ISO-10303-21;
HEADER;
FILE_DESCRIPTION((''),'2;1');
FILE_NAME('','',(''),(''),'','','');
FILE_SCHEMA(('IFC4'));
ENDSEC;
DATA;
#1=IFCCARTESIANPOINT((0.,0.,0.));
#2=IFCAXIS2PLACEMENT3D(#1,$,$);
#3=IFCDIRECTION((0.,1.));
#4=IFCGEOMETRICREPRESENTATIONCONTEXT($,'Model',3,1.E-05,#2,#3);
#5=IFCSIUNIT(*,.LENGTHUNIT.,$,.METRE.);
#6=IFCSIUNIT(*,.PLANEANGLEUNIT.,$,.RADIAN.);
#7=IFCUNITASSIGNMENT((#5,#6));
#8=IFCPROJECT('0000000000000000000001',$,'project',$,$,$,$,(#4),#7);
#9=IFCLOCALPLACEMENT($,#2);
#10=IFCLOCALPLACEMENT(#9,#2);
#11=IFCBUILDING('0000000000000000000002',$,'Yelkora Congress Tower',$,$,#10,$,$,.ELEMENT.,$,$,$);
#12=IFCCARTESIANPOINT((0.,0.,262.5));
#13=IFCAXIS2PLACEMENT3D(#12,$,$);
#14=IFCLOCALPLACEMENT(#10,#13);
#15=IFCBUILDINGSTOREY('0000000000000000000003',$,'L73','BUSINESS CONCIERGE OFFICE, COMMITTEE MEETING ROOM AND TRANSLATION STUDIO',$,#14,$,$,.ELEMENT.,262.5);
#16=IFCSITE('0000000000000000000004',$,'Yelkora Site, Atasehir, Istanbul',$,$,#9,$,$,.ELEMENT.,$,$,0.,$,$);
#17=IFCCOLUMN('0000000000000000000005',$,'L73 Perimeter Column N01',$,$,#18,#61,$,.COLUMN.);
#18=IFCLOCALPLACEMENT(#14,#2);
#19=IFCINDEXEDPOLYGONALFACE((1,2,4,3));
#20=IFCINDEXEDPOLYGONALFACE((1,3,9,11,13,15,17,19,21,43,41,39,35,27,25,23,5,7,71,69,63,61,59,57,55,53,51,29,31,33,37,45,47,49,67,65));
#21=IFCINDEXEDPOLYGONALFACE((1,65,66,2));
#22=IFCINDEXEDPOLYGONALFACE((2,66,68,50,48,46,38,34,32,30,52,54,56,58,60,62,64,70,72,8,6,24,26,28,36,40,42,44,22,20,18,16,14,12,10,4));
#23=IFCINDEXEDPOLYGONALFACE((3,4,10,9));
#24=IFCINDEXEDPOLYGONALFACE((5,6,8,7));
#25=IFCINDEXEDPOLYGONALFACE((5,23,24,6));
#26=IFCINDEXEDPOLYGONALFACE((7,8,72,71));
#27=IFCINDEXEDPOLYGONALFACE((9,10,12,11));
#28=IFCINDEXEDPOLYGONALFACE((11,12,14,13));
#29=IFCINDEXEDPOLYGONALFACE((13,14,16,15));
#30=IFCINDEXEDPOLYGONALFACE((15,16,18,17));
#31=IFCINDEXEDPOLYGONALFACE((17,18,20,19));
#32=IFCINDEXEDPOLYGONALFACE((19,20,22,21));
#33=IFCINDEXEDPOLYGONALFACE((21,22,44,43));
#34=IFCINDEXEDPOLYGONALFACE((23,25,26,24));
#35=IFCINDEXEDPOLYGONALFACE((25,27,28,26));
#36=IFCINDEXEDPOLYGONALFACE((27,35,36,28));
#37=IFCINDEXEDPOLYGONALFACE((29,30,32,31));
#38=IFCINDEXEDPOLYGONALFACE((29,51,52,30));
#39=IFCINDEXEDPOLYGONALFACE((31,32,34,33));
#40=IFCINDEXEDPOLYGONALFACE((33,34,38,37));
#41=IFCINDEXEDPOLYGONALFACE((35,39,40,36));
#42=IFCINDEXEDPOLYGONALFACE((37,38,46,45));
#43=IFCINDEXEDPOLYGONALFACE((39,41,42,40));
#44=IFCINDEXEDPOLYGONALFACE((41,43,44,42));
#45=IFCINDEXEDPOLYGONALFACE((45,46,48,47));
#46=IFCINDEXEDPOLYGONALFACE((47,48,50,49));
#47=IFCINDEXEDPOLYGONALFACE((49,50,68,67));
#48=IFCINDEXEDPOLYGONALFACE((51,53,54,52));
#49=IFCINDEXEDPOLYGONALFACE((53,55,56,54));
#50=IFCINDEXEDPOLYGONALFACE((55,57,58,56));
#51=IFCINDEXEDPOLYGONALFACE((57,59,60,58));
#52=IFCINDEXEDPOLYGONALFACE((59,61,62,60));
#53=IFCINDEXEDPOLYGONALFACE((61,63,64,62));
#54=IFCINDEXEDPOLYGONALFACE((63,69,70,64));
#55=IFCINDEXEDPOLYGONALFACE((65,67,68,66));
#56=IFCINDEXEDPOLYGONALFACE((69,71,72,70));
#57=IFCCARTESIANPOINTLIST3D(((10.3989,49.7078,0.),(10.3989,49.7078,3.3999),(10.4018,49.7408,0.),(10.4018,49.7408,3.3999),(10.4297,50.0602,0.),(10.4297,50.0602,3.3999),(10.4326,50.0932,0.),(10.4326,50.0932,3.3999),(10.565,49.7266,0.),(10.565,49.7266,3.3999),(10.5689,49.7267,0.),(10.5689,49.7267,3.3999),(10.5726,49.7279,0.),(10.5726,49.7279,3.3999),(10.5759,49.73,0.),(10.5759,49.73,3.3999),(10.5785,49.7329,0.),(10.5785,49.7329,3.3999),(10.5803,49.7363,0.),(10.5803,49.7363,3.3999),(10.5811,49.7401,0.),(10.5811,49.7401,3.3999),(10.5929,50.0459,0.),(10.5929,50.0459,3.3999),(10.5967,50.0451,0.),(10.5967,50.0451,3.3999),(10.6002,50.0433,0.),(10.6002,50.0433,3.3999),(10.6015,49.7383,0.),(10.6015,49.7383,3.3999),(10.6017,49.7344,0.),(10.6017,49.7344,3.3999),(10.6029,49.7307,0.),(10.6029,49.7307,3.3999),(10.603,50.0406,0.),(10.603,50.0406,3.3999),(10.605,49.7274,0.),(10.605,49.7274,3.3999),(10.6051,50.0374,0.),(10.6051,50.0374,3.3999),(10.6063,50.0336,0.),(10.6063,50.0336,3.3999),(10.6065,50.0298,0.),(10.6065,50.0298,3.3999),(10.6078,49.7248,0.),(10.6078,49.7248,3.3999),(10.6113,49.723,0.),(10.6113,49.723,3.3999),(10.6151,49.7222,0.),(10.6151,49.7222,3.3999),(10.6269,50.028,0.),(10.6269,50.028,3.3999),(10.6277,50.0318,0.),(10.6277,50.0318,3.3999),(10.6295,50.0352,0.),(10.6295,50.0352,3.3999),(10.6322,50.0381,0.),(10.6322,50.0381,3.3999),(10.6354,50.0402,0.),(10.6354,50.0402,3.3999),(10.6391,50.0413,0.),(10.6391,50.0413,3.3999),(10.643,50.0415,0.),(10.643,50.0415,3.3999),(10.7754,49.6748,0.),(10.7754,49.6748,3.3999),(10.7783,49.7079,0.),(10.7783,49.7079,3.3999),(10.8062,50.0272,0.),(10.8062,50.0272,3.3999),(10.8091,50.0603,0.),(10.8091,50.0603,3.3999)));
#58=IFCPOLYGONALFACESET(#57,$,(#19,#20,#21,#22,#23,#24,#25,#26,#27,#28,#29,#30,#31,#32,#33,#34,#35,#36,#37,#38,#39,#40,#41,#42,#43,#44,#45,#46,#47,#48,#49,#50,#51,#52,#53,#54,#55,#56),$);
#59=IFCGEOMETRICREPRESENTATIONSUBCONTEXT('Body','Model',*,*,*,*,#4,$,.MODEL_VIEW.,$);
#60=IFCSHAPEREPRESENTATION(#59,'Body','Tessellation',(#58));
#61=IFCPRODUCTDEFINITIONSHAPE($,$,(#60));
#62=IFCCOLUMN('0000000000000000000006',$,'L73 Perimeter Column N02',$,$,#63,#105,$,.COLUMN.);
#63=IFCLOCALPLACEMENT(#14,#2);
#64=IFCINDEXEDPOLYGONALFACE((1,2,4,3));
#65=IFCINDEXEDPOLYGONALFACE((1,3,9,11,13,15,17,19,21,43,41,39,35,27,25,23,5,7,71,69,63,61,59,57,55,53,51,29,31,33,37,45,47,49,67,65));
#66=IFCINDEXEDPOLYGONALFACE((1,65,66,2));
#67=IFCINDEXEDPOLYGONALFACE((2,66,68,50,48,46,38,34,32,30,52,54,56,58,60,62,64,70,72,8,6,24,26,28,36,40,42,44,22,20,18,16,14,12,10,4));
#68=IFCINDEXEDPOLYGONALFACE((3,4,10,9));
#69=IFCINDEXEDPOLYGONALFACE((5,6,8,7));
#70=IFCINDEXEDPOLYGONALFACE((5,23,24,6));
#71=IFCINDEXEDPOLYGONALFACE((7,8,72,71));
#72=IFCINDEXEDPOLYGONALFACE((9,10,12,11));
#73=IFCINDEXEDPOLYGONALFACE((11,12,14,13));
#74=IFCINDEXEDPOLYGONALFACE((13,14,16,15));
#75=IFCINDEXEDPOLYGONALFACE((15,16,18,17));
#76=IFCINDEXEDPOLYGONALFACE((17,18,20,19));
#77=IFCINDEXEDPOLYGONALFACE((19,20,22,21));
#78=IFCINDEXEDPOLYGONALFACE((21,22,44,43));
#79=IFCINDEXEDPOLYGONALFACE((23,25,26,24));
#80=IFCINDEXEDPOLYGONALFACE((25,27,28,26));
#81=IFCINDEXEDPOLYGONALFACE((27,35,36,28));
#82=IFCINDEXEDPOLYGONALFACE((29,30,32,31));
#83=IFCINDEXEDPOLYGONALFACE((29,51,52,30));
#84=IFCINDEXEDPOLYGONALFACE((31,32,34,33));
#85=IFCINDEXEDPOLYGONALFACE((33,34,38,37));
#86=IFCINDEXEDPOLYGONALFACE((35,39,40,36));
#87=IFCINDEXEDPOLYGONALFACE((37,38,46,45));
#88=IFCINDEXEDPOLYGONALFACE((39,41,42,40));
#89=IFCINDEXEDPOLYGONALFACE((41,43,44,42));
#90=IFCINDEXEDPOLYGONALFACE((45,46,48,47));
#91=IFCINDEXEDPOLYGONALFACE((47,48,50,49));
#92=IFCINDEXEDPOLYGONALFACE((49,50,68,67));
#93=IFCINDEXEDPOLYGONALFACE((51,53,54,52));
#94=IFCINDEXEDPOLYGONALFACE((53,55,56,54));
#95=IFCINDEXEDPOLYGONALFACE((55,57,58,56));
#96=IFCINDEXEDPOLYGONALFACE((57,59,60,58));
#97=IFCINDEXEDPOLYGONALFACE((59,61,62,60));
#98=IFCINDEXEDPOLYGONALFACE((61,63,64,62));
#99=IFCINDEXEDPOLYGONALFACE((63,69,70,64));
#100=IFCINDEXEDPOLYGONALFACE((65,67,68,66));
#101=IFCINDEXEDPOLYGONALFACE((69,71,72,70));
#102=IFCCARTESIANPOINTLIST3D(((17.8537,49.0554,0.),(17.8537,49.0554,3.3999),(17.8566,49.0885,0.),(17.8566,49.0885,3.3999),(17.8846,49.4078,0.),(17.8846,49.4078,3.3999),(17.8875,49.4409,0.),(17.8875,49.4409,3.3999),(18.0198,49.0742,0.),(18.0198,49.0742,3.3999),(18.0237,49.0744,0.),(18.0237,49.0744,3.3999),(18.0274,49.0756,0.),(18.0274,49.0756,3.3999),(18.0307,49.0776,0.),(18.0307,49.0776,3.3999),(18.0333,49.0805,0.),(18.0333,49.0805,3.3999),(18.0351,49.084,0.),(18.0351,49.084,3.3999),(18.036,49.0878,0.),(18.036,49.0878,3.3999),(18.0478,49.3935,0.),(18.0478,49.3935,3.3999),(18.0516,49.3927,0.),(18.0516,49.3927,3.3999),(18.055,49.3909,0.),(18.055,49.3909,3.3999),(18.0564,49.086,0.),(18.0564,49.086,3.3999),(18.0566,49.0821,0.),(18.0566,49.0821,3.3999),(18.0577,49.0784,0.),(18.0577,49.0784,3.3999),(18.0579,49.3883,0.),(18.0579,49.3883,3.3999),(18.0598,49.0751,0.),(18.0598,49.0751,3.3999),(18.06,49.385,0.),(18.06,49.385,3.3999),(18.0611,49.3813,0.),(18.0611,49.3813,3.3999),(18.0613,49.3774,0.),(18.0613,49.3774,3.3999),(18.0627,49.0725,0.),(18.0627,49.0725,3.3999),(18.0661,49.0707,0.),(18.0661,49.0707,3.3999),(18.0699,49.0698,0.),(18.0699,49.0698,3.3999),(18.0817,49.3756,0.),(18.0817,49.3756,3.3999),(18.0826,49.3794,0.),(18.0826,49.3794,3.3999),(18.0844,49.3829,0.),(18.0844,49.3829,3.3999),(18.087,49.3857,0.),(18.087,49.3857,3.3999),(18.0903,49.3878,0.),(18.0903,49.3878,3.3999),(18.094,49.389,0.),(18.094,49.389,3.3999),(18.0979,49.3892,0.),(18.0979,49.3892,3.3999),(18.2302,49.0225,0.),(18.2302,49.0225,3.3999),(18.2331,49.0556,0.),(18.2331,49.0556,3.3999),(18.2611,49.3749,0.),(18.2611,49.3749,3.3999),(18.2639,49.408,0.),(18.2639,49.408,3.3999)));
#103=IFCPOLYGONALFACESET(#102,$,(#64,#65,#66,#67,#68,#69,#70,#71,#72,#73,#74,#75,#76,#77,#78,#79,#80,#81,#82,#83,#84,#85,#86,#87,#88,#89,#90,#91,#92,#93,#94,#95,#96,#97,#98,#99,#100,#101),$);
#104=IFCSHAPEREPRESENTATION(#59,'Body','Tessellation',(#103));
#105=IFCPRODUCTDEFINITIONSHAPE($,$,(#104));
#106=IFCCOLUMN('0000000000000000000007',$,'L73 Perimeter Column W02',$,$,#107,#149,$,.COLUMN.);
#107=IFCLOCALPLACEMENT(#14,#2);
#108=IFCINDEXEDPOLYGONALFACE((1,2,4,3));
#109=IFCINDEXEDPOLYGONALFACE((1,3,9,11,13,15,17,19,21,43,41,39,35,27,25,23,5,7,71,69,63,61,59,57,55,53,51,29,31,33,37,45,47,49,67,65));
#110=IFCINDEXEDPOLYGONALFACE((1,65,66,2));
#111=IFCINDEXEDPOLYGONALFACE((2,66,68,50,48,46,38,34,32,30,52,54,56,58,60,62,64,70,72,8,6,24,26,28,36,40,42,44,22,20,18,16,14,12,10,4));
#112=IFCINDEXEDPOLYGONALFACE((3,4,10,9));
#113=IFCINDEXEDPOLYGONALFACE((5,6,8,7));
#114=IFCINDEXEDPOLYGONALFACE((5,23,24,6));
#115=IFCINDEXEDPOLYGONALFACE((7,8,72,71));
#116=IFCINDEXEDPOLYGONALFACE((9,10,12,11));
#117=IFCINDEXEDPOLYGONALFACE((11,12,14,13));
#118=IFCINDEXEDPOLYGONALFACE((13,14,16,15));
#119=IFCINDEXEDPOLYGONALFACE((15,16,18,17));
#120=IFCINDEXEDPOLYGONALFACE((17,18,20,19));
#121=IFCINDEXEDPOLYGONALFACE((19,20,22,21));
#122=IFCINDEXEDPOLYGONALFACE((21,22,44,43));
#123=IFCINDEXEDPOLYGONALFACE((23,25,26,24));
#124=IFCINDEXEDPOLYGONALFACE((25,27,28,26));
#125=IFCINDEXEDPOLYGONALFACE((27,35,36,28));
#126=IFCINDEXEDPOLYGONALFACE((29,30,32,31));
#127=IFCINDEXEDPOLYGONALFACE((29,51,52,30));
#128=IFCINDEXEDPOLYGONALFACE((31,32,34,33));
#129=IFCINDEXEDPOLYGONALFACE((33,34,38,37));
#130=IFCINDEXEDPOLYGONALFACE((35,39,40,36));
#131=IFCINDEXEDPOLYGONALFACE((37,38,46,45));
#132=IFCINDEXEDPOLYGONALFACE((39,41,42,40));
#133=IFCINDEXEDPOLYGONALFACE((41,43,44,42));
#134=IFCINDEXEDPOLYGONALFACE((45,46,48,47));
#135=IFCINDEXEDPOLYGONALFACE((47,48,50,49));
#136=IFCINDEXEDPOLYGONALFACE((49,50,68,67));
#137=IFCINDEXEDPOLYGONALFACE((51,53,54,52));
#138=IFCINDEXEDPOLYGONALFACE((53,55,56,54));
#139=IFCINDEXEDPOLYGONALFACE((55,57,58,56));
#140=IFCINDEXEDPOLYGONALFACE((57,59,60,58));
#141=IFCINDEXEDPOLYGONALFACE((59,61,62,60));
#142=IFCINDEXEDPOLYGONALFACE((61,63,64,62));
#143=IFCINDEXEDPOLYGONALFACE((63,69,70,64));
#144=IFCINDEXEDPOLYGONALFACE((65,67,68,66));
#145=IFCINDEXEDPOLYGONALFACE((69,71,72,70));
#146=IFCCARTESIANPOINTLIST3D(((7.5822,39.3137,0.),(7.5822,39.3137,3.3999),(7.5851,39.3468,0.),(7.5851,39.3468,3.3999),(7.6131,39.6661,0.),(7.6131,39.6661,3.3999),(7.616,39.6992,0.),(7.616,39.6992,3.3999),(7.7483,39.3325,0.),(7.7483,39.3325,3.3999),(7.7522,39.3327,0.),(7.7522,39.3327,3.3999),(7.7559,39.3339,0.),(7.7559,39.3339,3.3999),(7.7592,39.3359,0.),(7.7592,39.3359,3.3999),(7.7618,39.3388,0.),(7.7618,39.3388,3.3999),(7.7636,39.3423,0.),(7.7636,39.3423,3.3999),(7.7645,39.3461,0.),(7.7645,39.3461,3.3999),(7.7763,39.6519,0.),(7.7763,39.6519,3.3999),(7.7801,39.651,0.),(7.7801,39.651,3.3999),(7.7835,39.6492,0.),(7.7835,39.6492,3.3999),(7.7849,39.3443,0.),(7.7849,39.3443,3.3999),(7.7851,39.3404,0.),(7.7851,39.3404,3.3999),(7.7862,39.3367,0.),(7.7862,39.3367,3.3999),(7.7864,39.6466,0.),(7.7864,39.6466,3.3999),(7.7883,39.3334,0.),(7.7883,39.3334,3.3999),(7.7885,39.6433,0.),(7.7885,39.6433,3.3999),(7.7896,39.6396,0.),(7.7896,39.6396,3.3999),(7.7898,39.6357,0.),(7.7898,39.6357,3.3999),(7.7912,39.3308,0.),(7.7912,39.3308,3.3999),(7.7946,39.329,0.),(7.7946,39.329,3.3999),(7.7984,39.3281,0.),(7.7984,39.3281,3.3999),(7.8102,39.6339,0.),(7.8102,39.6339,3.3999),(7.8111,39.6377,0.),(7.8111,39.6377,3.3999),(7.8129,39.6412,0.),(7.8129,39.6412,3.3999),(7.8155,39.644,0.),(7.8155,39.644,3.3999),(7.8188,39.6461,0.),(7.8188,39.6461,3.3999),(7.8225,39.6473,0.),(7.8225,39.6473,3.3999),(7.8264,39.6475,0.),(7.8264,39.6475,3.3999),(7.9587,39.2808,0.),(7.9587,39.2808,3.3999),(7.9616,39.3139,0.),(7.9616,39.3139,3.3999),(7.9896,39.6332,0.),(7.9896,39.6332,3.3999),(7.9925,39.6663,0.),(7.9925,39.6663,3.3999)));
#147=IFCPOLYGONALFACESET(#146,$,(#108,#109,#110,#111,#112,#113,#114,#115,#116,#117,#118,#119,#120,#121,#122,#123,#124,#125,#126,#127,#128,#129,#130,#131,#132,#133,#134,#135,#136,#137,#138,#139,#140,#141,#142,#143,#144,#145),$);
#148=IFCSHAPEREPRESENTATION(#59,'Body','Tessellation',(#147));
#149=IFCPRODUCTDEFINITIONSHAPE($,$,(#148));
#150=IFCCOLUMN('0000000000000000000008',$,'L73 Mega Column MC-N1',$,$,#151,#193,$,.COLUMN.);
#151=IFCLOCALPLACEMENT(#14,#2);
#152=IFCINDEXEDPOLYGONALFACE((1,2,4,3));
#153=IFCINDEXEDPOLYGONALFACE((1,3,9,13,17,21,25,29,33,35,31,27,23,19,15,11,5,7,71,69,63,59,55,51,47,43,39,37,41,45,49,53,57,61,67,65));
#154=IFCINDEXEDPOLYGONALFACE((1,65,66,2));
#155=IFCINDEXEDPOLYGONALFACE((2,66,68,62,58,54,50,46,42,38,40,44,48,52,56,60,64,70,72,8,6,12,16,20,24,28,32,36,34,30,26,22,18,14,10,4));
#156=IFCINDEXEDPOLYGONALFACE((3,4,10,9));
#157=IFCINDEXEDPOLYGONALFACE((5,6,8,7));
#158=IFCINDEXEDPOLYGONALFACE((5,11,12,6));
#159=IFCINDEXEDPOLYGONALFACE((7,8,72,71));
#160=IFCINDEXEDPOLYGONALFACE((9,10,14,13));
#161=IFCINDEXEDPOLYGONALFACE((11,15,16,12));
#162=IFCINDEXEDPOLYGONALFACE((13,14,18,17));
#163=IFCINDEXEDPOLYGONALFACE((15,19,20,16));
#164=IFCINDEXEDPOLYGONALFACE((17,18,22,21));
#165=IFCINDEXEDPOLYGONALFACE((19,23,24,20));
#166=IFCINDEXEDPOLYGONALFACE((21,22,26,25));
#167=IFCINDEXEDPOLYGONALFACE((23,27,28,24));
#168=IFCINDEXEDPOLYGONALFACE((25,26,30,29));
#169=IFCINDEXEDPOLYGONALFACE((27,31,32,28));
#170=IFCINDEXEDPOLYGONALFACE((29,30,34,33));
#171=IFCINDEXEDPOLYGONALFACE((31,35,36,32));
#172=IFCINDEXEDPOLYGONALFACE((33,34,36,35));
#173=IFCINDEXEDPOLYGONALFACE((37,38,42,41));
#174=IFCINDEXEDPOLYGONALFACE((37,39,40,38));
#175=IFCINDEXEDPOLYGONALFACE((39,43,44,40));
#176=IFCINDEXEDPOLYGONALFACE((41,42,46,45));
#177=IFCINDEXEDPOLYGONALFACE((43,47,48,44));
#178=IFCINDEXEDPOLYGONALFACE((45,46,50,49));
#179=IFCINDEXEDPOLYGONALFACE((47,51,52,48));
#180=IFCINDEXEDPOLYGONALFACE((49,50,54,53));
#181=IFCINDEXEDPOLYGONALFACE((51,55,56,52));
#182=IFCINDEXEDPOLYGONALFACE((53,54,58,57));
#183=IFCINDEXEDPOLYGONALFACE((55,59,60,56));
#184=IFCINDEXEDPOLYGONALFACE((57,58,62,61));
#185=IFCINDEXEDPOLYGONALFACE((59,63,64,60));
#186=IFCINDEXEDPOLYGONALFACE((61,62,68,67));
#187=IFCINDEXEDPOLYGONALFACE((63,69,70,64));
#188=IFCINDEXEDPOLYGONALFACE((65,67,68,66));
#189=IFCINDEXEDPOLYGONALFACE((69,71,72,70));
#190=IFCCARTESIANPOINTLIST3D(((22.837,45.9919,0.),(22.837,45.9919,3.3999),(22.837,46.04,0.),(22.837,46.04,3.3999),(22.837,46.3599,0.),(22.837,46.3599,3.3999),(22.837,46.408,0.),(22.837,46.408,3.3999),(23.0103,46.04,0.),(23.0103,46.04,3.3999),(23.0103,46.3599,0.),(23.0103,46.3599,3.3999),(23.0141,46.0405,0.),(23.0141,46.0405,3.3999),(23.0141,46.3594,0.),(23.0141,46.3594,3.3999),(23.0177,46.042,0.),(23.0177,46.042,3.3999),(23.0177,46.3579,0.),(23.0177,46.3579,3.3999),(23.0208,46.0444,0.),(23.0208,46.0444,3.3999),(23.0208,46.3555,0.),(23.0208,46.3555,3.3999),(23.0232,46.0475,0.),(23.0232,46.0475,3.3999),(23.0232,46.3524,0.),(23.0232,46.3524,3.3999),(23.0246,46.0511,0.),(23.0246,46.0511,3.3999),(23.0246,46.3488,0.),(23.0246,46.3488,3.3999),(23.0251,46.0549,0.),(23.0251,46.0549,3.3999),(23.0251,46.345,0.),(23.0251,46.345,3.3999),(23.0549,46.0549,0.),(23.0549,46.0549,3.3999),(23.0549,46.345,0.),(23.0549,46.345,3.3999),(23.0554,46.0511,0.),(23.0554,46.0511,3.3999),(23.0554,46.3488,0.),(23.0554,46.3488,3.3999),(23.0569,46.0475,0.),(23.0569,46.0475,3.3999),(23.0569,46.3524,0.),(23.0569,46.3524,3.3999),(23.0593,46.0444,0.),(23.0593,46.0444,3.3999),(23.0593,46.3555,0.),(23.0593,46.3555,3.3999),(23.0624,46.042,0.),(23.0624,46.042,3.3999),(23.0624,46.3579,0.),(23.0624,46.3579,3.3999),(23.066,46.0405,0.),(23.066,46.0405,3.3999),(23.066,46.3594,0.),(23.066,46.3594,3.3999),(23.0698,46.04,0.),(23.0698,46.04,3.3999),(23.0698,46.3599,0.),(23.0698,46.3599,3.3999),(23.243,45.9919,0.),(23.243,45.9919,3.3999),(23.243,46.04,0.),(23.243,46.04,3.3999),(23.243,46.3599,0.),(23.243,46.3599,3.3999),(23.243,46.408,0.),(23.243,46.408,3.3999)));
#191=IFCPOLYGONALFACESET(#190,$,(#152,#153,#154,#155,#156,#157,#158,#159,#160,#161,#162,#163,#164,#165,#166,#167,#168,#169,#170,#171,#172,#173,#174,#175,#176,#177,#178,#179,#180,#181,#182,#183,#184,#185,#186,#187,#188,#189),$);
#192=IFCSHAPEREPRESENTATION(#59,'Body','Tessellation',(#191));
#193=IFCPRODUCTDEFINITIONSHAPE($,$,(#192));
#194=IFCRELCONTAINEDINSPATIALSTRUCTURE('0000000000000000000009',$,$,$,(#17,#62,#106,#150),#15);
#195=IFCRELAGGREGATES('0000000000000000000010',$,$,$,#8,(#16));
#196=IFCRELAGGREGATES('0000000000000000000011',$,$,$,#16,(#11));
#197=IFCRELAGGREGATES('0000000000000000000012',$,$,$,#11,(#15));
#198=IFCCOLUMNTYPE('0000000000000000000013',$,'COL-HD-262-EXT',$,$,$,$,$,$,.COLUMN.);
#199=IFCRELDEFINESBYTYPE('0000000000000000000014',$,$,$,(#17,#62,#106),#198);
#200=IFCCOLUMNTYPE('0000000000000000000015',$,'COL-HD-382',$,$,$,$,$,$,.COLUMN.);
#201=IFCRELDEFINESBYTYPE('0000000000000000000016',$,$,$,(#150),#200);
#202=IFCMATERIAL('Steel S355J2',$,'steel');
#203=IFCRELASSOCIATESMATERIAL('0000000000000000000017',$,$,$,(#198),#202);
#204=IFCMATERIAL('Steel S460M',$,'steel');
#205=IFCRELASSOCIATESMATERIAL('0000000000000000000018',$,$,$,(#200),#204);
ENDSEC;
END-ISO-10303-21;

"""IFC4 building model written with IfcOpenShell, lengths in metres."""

from ifc_helpers import new_model, si_unit, direction, frame, origin, origin_2d, place, context, subcontext, project, spatial, i_section, extrude, material, material_profile, profile_set, type_object, element, save


model = new_model("IFC4")

# Units and contexts
model_context = context("Model", 3, precision=1e-05, world=origin(), true_north=direction((0.0, 1.0)))
body_context = subcontext(model_context, "Body", "Model", "MODEL_VIEW")
ifc_project = project(units=[si_unit("LENGTHUNIT", "METRE"), si_unit("PLANEANGLEUNIT", "RADIAN")], contexts=[model_context])

# Site, building, storey
site_placement = place(None, origin())
site = spatial("IfcSite", under=ifc_project, at=site_placement, Name="Yelkora Site, Atasehir, Istanbul", CompositionType="ELEMENT", RefElevation=0.0)
building_placement = place(site_placement, origin())
building = spatial("IfcBuilding", under=site, at=building_placement, Name="Yelkora Congress Tower", CompositionType="ELEMENT")
storey_placement = place(building_placement, frame((0.0, 0.0, 262.5)))
storey = spatial("IfcBuildingStorey", under=building, at=storey_placement, Name="L73", Description="BUSINESS CONCIERGE OFFICE, COMMITTEE MEETING ROOM AND TRANSLATION STUDIO", CompositionType="ELEMENT", Elevation=262.5)

# Columns
ifc_material_1 = material(Name="Steel S355J2", Category="steel")
ifc_material_profile_1 = material_profile(ifc_material_1, i_section(OverallWidth=0.3779, OverallDepth=0.387, WebThickness=0.0205, FlangeThickness=0.0332, FilletRadius=0.0149, at=origin_2d()), Name="HD 360x262")
ifc_profile_set_1 = profile_set([ifc_material_profile_1], Name="Steel S355J2")
column_type_1 = type_object("IfcColumnType", Name="COL-HD-262-EXT", PredefinedType="COLUMN", material=ifc_profile_set_1)
for number, where, z_axis, x_axis, name in (
    (1, (10.604, 49.884, 0.0), (0.0, 0.0, 1.0), (0.996195, -0.087156, 0.0), "L73 Perimeter Column N01"),
    (2, (18.0588, 49.2317, 0.0), (0.0, 0.0, 1.0), (0.996195, -0.087156, 0.0), "L73 Perimeter Column N02"),
    (3, (7.7874, 39.49, 0.0), (0.0, 0.0, 1.0), (0.996195, -0.087156, 0.0), "L73 Perimeter Column W02"),
):
    element("IfcColumn", number, at=place(storey_placement, frame(where, z_axis=z_axis, x_axis=x_axis)), inside=storey, type_object=column_type_1, Name=name, PredefinedType="COLUMN", context=body_context, shape_type="SweptSolid", body=[
        extrude(i_section(OverallWidth=0.3779, OverallDepth=0.387, WebThickness=0.0205, FlangeThickness=0.0332, FilletRadius=0.0149, at=origin_2d()), origin(), (0.0, 0.0, 1.0), 3.3999),
    ])
ifc_material_2 = material(Name="Steel S460M", Category="steel")
ifc_material_profile_2 = material_profile(ifc_material_2, i_section(OverallWidth=0.406, OverallDepth=0.416, WebThickness=0.0298, FlangeThickness=0.0481, FilletRadius=0.0149, at=origin_2d()), Name="HD 400x382")
ifc_profile_set_2 = profile_set([ifc_material_profile_2], Name="Steel S460M")
column_type_2 = type_object("IfcColumnType", Name="COL-HD-382", PredefinedType="COLUMN", material=ifc_profile_set_2)
column_placement = place(storey_placement, frame((23.04, 46.2, 0.0), z_axis=(0.0, 0.0, 1.0), x_axis=(1.0, 0.0, 0.0)))
element("IfcColumn", 4, at=column_placement, inside=storey, type_object=column_type_2, Name="L73 Mega Column MC-N1", PredefinedType="COLUMN", context=body_context, shape_type="SweptSolid", body=[
    extrude(i_section(OverallWidth=0.406, OverallDepth=0.416, WebThickness=0.0298, FlangeThickness=0.0481, FilletRadius=0.0149, at=origin_2d()), origin(), (0.0, 0.0, 1.0), 3.3999),
])

save(model, "model.ifc")
